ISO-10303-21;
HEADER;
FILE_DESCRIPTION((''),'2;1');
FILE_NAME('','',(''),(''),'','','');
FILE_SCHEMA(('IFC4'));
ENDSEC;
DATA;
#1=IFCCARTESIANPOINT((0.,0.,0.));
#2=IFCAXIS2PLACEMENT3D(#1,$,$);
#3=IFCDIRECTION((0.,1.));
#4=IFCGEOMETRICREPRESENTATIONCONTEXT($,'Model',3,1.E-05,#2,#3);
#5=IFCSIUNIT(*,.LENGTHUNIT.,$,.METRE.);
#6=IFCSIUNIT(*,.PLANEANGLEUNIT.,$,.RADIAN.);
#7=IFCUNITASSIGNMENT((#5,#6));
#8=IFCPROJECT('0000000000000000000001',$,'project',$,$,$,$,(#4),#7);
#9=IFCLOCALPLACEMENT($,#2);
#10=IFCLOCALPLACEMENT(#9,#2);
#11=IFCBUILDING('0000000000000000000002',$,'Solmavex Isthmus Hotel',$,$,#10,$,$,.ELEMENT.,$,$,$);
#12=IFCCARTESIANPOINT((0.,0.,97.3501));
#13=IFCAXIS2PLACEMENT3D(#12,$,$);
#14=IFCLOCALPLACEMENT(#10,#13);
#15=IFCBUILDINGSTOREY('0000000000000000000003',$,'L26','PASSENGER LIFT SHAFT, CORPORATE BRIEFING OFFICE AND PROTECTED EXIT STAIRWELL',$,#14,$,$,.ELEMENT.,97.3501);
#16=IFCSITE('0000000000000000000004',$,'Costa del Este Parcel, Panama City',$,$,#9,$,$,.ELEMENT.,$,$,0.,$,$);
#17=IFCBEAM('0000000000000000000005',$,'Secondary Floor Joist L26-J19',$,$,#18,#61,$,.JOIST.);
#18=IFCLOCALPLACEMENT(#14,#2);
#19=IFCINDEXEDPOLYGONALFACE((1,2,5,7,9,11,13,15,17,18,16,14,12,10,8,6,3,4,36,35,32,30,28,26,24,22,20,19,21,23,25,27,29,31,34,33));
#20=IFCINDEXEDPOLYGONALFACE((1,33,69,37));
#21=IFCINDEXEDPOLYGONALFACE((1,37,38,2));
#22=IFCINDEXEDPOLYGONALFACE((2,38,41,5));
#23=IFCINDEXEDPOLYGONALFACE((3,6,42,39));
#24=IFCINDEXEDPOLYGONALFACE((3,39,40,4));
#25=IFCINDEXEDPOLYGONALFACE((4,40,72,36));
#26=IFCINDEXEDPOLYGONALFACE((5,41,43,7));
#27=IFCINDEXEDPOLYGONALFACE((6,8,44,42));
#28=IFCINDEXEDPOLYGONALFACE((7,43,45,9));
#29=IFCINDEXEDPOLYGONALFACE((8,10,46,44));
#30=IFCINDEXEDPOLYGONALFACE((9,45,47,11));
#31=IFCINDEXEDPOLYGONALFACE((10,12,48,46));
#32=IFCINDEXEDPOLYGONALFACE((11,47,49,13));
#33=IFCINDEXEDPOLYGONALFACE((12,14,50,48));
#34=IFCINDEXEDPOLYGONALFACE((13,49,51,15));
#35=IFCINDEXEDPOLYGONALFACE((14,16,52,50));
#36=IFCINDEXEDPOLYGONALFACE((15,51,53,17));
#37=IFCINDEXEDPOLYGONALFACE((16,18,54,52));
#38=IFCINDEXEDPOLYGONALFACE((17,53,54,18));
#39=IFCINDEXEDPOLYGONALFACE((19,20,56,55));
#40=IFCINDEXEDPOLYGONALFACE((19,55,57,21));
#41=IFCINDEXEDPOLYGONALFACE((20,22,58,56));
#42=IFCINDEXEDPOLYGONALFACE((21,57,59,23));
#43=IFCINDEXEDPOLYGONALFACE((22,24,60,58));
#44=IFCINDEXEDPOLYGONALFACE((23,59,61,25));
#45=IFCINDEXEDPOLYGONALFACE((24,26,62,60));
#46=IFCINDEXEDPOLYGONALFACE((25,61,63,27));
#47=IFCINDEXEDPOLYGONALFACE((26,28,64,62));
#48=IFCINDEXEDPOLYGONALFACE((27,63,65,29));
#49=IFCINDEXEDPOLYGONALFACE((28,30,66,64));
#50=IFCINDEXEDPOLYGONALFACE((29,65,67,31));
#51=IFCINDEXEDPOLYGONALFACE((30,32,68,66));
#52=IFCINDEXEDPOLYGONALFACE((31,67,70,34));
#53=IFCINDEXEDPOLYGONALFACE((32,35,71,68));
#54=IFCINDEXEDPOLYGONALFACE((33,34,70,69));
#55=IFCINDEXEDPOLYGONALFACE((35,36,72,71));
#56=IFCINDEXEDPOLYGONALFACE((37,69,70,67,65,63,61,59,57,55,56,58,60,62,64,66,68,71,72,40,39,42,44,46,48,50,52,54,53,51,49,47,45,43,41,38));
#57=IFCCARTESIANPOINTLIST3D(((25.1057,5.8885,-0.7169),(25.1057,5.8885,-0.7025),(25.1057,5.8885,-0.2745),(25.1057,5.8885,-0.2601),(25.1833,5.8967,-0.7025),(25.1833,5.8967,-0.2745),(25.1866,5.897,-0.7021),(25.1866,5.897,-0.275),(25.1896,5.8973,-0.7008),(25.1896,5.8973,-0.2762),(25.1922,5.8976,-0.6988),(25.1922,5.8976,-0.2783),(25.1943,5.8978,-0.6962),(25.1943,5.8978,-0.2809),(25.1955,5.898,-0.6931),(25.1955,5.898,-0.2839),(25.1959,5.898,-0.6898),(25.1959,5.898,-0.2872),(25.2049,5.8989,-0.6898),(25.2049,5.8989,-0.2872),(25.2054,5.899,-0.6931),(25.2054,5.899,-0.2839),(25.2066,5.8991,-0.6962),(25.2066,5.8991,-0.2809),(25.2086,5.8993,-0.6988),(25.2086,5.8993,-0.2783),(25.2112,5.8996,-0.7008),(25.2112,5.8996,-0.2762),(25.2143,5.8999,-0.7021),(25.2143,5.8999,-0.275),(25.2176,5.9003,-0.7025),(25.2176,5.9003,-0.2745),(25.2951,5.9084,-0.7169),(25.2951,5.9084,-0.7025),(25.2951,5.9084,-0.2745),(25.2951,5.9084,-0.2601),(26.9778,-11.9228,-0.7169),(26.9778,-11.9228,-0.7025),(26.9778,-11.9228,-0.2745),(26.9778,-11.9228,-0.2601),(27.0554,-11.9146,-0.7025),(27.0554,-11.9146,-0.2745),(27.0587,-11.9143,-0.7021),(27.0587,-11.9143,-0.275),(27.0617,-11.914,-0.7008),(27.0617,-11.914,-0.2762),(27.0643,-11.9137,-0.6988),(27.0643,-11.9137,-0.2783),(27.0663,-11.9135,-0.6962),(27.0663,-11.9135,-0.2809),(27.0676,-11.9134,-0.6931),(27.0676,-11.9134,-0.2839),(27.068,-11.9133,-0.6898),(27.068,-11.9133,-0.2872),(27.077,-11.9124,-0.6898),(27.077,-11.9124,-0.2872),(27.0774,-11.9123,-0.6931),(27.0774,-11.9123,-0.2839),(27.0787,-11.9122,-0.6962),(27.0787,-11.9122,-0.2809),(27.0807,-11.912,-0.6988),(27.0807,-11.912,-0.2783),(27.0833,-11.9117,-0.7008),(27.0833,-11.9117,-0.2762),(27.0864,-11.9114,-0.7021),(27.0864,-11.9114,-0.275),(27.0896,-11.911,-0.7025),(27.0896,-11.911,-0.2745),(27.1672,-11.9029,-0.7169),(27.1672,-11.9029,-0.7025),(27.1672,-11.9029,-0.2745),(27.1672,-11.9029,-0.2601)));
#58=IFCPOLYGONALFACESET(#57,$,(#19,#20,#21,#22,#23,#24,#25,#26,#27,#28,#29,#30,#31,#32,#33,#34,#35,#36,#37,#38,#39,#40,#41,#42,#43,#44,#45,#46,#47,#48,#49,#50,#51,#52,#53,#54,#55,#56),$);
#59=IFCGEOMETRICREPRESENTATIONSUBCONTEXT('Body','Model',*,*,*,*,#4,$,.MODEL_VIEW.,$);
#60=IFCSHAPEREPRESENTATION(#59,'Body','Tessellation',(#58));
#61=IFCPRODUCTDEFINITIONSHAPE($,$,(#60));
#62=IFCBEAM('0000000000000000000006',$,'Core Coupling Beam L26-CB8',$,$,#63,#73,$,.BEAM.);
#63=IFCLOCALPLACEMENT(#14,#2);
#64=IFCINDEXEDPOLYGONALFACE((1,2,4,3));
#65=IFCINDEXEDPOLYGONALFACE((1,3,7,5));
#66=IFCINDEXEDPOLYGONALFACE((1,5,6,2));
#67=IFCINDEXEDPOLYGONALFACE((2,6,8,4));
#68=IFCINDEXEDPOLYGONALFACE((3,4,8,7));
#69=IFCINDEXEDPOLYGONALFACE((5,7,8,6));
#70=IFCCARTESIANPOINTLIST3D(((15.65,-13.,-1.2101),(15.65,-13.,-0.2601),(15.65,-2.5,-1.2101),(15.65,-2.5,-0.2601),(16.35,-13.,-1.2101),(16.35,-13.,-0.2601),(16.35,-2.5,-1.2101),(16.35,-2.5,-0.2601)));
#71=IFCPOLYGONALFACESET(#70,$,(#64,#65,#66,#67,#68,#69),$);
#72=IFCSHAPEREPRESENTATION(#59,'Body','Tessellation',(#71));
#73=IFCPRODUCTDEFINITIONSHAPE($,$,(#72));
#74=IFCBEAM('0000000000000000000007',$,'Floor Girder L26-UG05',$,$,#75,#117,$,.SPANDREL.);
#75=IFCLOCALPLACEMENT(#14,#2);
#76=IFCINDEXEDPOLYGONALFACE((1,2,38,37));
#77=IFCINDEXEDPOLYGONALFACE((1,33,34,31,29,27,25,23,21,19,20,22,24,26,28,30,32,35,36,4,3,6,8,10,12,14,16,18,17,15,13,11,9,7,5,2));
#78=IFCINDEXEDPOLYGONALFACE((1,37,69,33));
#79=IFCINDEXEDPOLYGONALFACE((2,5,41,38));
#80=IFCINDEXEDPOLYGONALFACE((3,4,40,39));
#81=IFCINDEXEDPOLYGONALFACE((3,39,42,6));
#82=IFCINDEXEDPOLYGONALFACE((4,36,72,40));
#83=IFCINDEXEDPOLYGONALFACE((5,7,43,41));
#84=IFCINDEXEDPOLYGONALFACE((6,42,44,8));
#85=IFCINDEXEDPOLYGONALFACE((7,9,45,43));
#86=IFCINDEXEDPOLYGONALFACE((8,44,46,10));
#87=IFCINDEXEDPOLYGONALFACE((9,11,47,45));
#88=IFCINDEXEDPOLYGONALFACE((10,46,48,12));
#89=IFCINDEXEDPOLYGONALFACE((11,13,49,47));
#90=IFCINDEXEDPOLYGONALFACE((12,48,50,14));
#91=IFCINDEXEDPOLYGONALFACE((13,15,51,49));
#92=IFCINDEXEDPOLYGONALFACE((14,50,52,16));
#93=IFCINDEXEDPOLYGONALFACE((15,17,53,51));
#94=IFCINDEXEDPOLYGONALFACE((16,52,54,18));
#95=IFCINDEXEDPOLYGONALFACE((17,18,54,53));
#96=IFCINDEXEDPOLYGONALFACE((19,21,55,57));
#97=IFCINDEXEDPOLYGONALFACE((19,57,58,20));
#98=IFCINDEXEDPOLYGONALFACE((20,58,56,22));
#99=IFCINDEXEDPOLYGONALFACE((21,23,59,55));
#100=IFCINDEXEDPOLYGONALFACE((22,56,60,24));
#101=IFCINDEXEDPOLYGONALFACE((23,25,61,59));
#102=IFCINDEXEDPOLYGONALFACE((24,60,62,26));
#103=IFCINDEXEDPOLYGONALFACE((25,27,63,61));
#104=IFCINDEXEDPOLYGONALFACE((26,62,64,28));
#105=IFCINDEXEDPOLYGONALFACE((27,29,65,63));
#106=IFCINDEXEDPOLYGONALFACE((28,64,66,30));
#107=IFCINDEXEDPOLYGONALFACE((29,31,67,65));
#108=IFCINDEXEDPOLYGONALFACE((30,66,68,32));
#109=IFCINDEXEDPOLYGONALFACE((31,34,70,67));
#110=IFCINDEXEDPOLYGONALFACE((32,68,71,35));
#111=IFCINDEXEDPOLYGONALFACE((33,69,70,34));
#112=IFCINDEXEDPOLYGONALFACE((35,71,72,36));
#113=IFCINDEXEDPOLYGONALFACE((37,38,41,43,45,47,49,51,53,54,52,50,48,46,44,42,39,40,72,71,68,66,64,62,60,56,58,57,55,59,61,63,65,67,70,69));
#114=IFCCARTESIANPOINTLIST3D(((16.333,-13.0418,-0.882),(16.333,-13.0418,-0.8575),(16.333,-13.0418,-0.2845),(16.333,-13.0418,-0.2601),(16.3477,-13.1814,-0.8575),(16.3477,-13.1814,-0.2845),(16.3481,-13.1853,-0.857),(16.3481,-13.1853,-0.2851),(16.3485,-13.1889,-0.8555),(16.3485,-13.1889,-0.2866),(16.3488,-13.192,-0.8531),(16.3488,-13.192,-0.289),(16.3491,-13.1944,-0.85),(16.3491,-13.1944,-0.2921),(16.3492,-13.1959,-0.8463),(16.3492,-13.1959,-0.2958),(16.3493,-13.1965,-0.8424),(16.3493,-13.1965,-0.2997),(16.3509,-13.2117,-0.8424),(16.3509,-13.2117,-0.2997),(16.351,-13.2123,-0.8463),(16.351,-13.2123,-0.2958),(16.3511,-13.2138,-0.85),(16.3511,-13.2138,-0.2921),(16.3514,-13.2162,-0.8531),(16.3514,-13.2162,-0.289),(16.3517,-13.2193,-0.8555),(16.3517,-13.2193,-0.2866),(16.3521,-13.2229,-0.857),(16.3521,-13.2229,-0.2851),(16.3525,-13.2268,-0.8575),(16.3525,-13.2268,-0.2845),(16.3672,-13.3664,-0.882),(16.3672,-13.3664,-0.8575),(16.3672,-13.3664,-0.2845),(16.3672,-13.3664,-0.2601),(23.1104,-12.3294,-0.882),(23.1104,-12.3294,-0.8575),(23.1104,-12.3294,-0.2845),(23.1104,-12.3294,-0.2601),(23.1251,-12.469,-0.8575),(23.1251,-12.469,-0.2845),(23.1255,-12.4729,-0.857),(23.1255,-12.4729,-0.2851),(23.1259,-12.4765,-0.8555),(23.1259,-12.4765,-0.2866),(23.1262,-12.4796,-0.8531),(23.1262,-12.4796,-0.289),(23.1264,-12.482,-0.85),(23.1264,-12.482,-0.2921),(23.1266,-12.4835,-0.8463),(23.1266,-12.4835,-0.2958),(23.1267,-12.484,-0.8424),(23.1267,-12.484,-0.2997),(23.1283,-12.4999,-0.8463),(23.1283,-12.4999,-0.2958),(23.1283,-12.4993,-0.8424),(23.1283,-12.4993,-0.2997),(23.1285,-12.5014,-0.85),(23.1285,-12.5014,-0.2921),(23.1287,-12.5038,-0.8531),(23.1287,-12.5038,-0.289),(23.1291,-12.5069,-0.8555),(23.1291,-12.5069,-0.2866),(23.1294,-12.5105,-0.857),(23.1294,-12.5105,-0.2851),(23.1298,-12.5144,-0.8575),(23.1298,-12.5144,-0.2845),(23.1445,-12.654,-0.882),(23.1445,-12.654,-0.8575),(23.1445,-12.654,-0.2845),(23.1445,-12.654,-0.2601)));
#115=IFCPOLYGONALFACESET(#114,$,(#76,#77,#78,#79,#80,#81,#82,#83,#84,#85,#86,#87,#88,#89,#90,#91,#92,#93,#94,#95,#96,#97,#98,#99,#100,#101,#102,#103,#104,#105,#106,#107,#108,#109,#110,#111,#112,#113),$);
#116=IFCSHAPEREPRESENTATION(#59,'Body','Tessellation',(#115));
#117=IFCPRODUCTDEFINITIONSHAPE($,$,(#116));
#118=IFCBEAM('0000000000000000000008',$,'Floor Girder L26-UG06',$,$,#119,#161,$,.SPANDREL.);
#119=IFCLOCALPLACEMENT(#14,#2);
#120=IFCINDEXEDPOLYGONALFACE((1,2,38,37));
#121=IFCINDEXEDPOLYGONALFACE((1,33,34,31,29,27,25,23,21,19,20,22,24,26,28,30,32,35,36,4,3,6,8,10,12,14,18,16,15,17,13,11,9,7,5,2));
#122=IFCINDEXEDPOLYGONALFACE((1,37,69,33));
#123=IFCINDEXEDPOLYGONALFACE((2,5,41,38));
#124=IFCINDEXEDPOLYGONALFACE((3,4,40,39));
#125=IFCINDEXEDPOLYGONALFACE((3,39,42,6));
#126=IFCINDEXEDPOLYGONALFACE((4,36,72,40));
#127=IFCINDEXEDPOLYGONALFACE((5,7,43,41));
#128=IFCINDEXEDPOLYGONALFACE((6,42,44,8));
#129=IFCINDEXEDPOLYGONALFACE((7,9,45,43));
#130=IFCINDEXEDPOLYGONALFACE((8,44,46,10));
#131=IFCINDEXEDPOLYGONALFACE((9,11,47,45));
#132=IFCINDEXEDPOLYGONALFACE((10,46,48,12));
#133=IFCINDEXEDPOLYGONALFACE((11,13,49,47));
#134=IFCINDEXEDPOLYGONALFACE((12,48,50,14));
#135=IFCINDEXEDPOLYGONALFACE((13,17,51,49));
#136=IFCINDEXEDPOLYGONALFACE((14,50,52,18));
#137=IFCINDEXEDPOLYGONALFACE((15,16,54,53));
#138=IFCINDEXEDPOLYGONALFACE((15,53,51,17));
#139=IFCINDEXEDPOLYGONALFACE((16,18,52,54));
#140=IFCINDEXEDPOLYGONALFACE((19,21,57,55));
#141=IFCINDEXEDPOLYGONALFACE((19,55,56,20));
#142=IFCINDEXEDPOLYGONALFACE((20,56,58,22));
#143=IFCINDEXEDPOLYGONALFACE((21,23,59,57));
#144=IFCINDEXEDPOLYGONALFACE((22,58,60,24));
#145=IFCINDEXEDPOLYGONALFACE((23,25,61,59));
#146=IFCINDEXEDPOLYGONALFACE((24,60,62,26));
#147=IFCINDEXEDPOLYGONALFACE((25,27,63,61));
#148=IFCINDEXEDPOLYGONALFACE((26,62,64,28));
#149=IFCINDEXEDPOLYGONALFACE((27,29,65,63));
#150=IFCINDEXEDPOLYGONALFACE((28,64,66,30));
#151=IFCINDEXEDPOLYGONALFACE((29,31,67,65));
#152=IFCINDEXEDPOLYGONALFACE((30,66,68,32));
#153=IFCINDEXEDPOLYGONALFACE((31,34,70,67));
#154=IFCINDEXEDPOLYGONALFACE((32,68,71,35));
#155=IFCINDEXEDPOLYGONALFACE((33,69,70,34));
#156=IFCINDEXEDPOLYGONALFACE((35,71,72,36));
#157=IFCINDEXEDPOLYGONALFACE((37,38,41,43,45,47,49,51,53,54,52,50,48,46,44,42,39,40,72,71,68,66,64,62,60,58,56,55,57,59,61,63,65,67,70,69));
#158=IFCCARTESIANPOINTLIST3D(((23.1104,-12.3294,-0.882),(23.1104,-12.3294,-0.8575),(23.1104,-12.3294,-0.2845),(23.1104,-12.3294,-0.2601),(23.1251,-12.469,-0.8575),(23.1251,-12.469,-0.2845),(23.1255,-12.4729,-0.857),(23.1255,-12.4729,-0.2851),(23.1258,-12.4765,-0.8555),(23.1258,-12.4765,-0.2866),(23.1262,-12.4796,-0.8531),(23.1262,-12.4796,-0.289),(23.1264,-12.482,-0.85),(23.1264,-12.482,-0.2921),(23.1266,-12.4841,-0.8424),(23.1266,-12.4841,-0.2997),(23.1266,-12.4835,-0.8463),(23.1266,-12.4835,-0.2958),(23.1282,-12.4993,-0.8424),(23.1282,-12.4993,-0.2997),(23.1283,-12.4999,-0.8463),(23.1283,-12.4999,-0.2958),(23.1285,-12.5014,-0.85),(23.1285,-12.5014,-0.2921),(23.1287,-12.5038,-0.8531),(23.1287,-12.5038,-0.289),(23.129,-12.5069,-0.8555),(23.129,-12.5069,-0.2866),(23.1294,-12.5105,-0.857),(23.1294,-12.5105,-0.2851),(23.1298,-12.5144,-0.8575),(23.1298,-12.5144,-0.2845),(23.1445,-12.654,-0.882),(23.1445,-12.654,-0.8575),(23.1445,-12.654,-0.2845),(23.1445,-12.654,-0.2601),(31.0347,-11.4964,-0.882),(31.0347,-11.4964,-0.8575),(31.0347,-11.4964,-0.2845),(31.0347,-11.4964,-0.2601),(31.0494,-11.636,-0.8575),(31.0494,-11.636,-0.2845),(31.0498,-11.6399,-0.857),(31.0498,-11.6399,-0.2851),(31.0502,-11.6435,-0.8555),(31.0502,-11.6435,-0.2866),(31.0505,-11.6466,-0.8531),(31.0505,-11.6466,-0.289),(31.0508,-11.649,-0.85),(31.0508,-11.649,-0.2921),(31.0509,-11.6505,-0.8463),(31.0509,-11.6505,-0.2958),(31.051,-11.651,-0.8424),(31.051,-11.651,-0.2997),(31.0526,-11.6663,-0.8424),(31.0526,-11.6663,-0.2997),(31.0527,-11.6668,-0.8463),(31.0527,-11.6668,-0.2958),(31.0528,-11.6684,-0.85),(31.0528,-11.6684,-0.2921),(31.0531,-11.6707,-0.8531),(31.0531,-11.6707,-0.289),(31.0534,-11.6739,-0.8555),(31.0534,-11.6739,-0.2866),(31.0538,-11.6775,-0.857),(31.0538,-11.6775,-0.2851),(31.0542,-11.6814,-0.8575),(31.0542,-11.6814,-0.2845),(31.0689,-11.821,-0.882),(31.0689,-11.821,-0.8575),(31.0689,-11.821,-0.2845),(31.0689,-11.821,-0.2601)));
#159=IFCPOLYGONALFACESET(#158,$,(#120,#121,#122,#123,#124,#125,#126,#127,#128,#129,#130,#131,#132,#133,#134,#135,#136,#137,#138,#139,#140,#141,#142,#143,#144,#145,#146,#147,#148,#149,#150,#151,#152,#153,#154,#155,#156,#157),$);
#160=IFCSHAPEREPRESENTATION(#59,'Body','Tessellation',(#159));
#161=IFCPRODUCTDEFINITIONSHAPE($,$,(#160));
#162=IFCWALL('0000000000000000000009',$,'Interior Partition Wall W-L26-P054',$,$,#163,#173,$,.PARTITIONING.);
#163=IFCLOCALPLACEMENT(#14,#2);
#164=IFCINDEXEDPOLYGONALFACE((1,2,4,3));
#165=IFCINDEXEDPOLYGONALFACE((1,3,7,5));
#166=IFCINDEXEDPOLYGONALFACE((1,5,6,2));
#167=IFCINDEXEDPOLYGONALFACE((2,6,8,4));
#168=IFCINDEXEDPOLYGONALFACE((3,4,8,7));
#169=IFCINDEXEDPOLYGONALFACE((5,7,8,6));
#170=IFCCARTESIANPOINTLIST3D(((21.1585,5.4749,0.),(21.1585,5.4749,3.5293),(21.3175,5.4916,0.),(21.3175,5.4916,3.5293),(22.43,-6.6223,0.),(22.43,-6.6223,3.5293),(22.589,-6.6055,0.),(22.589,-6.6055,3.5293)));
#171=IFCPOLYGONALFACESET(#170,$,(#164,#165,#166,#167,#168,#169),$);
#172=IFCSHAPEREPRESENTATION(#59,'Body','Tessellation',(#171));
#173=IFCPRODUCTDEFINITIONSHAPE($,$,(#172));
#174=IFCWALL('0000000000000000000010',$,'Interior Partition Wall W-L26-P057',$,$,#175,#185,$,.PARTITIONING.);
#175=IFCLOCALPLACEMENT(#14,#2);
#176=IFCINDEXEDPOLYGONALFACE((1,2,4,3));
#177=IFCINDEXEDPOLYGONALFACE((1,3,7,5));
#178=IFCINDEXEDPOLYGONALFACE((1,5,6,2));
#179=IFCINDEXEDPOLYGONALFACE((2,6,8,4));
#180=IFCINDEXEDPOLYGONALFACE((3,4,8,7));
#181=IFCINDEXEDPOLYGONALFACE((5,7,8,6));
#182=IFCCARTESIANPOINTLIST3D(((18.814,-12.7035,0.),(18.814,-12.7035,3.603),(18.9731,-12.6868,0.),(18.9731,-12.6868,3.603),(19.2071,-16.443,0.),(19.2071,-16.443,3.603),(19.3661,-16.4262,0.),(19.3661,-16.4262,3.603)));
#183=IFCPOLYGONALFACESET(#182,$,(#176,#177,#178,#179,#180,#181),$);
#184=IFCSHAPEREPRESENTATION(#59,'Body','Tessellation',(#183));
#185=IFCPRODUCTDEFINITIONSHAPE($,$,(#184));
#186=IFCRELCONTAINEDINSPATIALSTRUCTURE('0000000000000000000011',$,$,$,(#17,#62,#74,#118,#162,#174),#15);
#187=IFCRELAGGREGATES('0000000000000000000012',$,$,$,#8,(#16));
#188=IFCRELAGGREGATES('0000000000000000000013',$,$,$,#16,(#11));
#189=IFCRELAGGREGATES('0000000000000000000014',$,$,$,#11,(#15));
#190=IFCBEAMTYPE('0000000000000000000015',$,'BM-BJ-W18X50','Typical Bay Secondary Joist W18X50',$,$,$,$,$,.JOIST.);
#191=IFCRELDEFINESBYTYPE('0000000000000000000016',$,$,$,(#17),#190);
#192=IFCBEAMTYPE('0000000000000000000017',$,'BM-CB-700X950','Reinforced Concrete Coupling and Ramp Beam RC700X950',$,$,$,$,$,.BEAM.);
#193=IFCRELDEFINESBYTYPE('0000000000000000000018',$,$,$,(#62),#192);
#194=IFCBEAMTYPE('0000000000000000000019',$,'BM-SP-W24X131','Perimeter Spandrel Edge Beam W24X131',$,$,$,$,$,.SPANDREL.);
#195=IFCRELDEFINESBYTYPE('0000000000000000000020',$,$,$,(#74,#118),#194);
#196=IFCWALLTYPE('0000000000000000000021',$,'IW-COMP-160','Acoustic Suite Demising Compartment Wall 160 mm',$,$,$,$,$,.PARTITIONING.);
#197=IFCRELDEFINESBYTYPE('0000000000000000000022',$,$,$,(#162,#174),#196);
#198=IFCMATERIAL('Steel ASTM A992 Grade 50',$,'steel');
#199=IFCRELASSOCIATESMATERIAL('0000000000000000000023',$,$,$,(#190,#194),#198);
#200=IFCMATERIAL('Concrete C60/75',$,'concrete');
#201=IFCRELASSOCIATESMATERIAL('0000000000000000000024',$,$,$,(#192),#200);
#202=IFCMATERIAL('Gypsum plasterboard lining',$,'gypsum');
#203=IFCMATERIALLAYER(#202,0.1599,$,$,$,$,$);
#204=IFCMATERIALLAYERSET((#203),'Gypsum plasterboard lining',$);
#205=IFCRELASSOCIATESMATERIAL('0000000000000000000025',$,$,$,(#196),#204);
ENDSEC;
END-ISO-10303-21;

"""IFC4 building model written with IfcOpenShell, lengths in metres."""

from ifc_helpers import new_model, si_unit, direction, frame, frame_2d, origin, origin_2d, place, context, subcontext, project, spatial, rectangle, i_section, extrude, material, layer, layer_set, material_profile, profile_set, type_object, element, save


model = new_model("IFC4")

# Units and contexts
model_context = context("Model", 3, precision=1e-05, world=origin(), true_north=direction((0.0, 1.0)))
body_context = subcontext(model_context, "Body", "Model", "MODEL_VIEW")
ifc_project = project(units=[si_unit("LENGTHUNIT", "METRE"), si_unit("PLANEANGLEUNIT", "RADIAN")], contexts=[model_context])

# Site, building, storey
site_placement = place(None, origin())
site = spatial("IfcSite", under=ifc_project, at=site_placement, Name="Costa del Este Parcel, Panama City", CompositionType="ELEMENT", RefElevation=0.0)
building_placement = place(site_placement, origin())
building = spatial("IfcBuilding", under=site, at=building_placement, Name="Solmavex Isthmus Hotel", CompositionType="ELEMENT")
storey_placement = place(building_placement, frame((0.0, 0.0, 97.3501)))
storey = spatial("IfcBuildingStorey", under=building, at=storey_placement, Name="L26", Description="PASSENGER LIFT SHAFT, CORPORATE BRIEFING OFFICE AND PROTECTED EXIT STAIRWELL", CompositionType="ELEMENT", Elevation=97.3501)

# Shared definitions
ifc_material_1 = material(Name="Concrete C60/75", Category="concrete")

# Beams
ifc_material_2 = material(Name="Steel ASTM A992 Grade 50", Category="steel")
ifc_material_profile_1 = material_profile(ifc_material_2, i_section(OverallWidth=0.1904, OverallDepth=0.4568, WebThickness=0.009, FlangeThickness=0.0144, FilletRadius=0.0127, at=origin_2d()), Name="W18X50")
ifc_profile_set_1 = profile_set([ifc_material_profile_1], Name="Steel ASTM A992 Grade 50")
beam_type_1 = type_object("IfcBeamType", Name="BM-BJ-W18X50", Description="Typical Bay Secondary Joist W18X50", PredefinedType="JOIST", material=ifc_profile_set_1)
beam_1_placement = place(storey_placement, frame((27.0725, -11.9128, -0.4885), z_axis=(-0.10453, 0.994522, 0.0), x_axis=(-0.994522, -0.10453, 0.0)))
element("IfcBeam", 1, at=beam_1_placement, inside=storey, type_object=beam_type_1, Name="Secondary Floor Joist L26-J19", PredefinedType="JOIST", context=body_context, shape_type="SweptSolid", body=[
    extrude(i_section(OverallWidth=0.1904, OverallDepth=0.4568, WebThickness=0.009, FlangeThickness=0.0144, FilletRadius=0.0127, at=origin_2d()), origin(), (0.0, 0.0, 1.0), 17.9094),
])
ifc_material_profile_2 = material_profile(ifc_material_1, rectangle(XDim=0.7, YDim=0.95, at=origin_2d()), Name="RC700X950")
ifc_profile_set_2 = profile_set([ifc_material_profile_2], Name="Concrete C60/75")
beam_type_2 = type_object("IfcBeamType", Name="BM-CB-700X950", Description="Reinforced Concrete Coupling and Ramp Beam RC700X950", PredefinedType="BEAM", material=ifc_profile_set_2)
beam_2_placement = place(storey_placement, frame((16.0, -13.0, -0.7351), z_axis=(0.0, 1.0, 0.0), x_axis=(-1.0, 0.0, 0.0)))
element("IfcBeam", 2, at=beam_2_placement, inside=storey, type_object=beam_type_2, Name="Core Coupling Beam L26-CB8", PredefinedType="BEAM", context=body_context, shape_type="SweptSolid", body=[
    extrude(rectangle(XDim=0.7, YDim=0.95, at=origin_2d()), origin(), (0.0, 0.0, 1.0), 10.5),
])
ifc_material_profile_3 = material_profile(ifc_material_2, i_section(OverallWidth=0.3264, OverallDepth=0.6218, WebThickness=0.0154, FlangeThickness=0.0244, FilletRadius=0.0151, at=origin_2d()), Name="W24X131")
ifc_profile_set_3 = profile_set([ifc_material_profile_3], Name="Steel ASTM A992 Grade 50")
beam_type_3 = type_object("IfcBeamType", Name="BM-SP-W24X131", Description="Perimeter Spandrel Edge Beam W24X131", PredefinedType="SPANDREL", material=ifc_profile_set_3)
beam_3_placement = place(storey_placement, frame((16.3501, -13.2041, -0.571), z_axis=(0.994521, 0.104539, 0.0), x_axis=(-0.104539, 0.994521, 0.0)))
element("IfcBeam", 3, at=beam_3_placement, inside=storey, type_object=beam_type_3, Name="Floor Girder L26-UG05", PredefinedType="SPANDREL", context=body_context, shape_type="SweptSolid", body=[
    extrude(i_section(OverallWidth=0.3264, OverallDepth=0.6218, WebThickness=0.0154, FlangeThickness=0.0244, FilletRadius=0.0151, at=origin_2d()), origin(), (0.0, 0.0, 1.0), 6.8147),
])
beam_4_placement = place(storey_placement, frame((23.1274, -12.4917, -0.571), z_axis=(0.99452, 0.104544, 0.0), x_axis=(-0.104544, 0.99452, 0.0)))
element("IfcBeam", 4, at=beam_4_placement, inside=storey, type_object=beam_type_3, Name="Floor Girder L26-UG06", PredefinedType="SPANDREL", context=body_context, shape_type="SweptSolid", body=[
    extrude(i_section(OverallWidth=0.3264, OverallDepth=0.6218, WebThickness=0.0154, FlangeThickness=0.0244, FilletRadius=0.0151, at=origin_2d()), origin(), (0.0, 0.0, 1.0), 7.968),
])

# Walls
ifc_material_3 = material(Name="Gypsum plasterboard lining", Category="gypsum")
ifc_layer_1 = layer(ifc_material_3, 0.1599)
ifc_layer_set_1 = layer_set([ifc_layer_1], Name="Gypsum plasterboard lining")
wall_type_1 = type_object("IfcWallType", Name="IW-COMP-160", Description="Acoustic Suite Demising Compartment Wall 160 mm", PredefinedType="PARTITIONING", material=ifc_layer_set_1)
wall_1_placement = place(storey_placement, frame((22.5095, -6.614, 0.0), z_axis=(0.0, 0.0, 1.0), x_axis=(-0.10453, 0.994522, 0.0)))
element("IfcWall", 5, at=wall_1_placement, inside=storey, type_object=wall_type_1, Name="Interior Partition Wall W-L26-P054", PredefinedType="PARTITIONING", context=body_context, shape_type="SweptSolid", body=[
    extrude(rectangle(XDim=12.1638, YDim=0.1599, at=frame_2d((6.082, 0.0))), origin(), (0.0, 0.0, 1.0), 3.5293),
])
wall_2_placement = place(storey_placement, frame((18.8936, -12.6953, 0.0), z_axis=(0.0, 0.0, 1.0), x_axis=(0.104536, -0.994521, 0.0)))
element("IfcWall", 6, at=wall_2_placement, inside=storey, type_object=wall_type_1, Name="Interior Partition Wall W-L26-P057", PredefinedType="PARTITIONING", context=body_context, shape_type="SweptSolid", body=[
    extrude(rectangle(XDim=3.76, YDim=0.1599, at=frame_2d((1.8799, 0.0))), origin(), (0.0, 0.0, 1.0), 3.603),
])

save(model, "model.ifc")
